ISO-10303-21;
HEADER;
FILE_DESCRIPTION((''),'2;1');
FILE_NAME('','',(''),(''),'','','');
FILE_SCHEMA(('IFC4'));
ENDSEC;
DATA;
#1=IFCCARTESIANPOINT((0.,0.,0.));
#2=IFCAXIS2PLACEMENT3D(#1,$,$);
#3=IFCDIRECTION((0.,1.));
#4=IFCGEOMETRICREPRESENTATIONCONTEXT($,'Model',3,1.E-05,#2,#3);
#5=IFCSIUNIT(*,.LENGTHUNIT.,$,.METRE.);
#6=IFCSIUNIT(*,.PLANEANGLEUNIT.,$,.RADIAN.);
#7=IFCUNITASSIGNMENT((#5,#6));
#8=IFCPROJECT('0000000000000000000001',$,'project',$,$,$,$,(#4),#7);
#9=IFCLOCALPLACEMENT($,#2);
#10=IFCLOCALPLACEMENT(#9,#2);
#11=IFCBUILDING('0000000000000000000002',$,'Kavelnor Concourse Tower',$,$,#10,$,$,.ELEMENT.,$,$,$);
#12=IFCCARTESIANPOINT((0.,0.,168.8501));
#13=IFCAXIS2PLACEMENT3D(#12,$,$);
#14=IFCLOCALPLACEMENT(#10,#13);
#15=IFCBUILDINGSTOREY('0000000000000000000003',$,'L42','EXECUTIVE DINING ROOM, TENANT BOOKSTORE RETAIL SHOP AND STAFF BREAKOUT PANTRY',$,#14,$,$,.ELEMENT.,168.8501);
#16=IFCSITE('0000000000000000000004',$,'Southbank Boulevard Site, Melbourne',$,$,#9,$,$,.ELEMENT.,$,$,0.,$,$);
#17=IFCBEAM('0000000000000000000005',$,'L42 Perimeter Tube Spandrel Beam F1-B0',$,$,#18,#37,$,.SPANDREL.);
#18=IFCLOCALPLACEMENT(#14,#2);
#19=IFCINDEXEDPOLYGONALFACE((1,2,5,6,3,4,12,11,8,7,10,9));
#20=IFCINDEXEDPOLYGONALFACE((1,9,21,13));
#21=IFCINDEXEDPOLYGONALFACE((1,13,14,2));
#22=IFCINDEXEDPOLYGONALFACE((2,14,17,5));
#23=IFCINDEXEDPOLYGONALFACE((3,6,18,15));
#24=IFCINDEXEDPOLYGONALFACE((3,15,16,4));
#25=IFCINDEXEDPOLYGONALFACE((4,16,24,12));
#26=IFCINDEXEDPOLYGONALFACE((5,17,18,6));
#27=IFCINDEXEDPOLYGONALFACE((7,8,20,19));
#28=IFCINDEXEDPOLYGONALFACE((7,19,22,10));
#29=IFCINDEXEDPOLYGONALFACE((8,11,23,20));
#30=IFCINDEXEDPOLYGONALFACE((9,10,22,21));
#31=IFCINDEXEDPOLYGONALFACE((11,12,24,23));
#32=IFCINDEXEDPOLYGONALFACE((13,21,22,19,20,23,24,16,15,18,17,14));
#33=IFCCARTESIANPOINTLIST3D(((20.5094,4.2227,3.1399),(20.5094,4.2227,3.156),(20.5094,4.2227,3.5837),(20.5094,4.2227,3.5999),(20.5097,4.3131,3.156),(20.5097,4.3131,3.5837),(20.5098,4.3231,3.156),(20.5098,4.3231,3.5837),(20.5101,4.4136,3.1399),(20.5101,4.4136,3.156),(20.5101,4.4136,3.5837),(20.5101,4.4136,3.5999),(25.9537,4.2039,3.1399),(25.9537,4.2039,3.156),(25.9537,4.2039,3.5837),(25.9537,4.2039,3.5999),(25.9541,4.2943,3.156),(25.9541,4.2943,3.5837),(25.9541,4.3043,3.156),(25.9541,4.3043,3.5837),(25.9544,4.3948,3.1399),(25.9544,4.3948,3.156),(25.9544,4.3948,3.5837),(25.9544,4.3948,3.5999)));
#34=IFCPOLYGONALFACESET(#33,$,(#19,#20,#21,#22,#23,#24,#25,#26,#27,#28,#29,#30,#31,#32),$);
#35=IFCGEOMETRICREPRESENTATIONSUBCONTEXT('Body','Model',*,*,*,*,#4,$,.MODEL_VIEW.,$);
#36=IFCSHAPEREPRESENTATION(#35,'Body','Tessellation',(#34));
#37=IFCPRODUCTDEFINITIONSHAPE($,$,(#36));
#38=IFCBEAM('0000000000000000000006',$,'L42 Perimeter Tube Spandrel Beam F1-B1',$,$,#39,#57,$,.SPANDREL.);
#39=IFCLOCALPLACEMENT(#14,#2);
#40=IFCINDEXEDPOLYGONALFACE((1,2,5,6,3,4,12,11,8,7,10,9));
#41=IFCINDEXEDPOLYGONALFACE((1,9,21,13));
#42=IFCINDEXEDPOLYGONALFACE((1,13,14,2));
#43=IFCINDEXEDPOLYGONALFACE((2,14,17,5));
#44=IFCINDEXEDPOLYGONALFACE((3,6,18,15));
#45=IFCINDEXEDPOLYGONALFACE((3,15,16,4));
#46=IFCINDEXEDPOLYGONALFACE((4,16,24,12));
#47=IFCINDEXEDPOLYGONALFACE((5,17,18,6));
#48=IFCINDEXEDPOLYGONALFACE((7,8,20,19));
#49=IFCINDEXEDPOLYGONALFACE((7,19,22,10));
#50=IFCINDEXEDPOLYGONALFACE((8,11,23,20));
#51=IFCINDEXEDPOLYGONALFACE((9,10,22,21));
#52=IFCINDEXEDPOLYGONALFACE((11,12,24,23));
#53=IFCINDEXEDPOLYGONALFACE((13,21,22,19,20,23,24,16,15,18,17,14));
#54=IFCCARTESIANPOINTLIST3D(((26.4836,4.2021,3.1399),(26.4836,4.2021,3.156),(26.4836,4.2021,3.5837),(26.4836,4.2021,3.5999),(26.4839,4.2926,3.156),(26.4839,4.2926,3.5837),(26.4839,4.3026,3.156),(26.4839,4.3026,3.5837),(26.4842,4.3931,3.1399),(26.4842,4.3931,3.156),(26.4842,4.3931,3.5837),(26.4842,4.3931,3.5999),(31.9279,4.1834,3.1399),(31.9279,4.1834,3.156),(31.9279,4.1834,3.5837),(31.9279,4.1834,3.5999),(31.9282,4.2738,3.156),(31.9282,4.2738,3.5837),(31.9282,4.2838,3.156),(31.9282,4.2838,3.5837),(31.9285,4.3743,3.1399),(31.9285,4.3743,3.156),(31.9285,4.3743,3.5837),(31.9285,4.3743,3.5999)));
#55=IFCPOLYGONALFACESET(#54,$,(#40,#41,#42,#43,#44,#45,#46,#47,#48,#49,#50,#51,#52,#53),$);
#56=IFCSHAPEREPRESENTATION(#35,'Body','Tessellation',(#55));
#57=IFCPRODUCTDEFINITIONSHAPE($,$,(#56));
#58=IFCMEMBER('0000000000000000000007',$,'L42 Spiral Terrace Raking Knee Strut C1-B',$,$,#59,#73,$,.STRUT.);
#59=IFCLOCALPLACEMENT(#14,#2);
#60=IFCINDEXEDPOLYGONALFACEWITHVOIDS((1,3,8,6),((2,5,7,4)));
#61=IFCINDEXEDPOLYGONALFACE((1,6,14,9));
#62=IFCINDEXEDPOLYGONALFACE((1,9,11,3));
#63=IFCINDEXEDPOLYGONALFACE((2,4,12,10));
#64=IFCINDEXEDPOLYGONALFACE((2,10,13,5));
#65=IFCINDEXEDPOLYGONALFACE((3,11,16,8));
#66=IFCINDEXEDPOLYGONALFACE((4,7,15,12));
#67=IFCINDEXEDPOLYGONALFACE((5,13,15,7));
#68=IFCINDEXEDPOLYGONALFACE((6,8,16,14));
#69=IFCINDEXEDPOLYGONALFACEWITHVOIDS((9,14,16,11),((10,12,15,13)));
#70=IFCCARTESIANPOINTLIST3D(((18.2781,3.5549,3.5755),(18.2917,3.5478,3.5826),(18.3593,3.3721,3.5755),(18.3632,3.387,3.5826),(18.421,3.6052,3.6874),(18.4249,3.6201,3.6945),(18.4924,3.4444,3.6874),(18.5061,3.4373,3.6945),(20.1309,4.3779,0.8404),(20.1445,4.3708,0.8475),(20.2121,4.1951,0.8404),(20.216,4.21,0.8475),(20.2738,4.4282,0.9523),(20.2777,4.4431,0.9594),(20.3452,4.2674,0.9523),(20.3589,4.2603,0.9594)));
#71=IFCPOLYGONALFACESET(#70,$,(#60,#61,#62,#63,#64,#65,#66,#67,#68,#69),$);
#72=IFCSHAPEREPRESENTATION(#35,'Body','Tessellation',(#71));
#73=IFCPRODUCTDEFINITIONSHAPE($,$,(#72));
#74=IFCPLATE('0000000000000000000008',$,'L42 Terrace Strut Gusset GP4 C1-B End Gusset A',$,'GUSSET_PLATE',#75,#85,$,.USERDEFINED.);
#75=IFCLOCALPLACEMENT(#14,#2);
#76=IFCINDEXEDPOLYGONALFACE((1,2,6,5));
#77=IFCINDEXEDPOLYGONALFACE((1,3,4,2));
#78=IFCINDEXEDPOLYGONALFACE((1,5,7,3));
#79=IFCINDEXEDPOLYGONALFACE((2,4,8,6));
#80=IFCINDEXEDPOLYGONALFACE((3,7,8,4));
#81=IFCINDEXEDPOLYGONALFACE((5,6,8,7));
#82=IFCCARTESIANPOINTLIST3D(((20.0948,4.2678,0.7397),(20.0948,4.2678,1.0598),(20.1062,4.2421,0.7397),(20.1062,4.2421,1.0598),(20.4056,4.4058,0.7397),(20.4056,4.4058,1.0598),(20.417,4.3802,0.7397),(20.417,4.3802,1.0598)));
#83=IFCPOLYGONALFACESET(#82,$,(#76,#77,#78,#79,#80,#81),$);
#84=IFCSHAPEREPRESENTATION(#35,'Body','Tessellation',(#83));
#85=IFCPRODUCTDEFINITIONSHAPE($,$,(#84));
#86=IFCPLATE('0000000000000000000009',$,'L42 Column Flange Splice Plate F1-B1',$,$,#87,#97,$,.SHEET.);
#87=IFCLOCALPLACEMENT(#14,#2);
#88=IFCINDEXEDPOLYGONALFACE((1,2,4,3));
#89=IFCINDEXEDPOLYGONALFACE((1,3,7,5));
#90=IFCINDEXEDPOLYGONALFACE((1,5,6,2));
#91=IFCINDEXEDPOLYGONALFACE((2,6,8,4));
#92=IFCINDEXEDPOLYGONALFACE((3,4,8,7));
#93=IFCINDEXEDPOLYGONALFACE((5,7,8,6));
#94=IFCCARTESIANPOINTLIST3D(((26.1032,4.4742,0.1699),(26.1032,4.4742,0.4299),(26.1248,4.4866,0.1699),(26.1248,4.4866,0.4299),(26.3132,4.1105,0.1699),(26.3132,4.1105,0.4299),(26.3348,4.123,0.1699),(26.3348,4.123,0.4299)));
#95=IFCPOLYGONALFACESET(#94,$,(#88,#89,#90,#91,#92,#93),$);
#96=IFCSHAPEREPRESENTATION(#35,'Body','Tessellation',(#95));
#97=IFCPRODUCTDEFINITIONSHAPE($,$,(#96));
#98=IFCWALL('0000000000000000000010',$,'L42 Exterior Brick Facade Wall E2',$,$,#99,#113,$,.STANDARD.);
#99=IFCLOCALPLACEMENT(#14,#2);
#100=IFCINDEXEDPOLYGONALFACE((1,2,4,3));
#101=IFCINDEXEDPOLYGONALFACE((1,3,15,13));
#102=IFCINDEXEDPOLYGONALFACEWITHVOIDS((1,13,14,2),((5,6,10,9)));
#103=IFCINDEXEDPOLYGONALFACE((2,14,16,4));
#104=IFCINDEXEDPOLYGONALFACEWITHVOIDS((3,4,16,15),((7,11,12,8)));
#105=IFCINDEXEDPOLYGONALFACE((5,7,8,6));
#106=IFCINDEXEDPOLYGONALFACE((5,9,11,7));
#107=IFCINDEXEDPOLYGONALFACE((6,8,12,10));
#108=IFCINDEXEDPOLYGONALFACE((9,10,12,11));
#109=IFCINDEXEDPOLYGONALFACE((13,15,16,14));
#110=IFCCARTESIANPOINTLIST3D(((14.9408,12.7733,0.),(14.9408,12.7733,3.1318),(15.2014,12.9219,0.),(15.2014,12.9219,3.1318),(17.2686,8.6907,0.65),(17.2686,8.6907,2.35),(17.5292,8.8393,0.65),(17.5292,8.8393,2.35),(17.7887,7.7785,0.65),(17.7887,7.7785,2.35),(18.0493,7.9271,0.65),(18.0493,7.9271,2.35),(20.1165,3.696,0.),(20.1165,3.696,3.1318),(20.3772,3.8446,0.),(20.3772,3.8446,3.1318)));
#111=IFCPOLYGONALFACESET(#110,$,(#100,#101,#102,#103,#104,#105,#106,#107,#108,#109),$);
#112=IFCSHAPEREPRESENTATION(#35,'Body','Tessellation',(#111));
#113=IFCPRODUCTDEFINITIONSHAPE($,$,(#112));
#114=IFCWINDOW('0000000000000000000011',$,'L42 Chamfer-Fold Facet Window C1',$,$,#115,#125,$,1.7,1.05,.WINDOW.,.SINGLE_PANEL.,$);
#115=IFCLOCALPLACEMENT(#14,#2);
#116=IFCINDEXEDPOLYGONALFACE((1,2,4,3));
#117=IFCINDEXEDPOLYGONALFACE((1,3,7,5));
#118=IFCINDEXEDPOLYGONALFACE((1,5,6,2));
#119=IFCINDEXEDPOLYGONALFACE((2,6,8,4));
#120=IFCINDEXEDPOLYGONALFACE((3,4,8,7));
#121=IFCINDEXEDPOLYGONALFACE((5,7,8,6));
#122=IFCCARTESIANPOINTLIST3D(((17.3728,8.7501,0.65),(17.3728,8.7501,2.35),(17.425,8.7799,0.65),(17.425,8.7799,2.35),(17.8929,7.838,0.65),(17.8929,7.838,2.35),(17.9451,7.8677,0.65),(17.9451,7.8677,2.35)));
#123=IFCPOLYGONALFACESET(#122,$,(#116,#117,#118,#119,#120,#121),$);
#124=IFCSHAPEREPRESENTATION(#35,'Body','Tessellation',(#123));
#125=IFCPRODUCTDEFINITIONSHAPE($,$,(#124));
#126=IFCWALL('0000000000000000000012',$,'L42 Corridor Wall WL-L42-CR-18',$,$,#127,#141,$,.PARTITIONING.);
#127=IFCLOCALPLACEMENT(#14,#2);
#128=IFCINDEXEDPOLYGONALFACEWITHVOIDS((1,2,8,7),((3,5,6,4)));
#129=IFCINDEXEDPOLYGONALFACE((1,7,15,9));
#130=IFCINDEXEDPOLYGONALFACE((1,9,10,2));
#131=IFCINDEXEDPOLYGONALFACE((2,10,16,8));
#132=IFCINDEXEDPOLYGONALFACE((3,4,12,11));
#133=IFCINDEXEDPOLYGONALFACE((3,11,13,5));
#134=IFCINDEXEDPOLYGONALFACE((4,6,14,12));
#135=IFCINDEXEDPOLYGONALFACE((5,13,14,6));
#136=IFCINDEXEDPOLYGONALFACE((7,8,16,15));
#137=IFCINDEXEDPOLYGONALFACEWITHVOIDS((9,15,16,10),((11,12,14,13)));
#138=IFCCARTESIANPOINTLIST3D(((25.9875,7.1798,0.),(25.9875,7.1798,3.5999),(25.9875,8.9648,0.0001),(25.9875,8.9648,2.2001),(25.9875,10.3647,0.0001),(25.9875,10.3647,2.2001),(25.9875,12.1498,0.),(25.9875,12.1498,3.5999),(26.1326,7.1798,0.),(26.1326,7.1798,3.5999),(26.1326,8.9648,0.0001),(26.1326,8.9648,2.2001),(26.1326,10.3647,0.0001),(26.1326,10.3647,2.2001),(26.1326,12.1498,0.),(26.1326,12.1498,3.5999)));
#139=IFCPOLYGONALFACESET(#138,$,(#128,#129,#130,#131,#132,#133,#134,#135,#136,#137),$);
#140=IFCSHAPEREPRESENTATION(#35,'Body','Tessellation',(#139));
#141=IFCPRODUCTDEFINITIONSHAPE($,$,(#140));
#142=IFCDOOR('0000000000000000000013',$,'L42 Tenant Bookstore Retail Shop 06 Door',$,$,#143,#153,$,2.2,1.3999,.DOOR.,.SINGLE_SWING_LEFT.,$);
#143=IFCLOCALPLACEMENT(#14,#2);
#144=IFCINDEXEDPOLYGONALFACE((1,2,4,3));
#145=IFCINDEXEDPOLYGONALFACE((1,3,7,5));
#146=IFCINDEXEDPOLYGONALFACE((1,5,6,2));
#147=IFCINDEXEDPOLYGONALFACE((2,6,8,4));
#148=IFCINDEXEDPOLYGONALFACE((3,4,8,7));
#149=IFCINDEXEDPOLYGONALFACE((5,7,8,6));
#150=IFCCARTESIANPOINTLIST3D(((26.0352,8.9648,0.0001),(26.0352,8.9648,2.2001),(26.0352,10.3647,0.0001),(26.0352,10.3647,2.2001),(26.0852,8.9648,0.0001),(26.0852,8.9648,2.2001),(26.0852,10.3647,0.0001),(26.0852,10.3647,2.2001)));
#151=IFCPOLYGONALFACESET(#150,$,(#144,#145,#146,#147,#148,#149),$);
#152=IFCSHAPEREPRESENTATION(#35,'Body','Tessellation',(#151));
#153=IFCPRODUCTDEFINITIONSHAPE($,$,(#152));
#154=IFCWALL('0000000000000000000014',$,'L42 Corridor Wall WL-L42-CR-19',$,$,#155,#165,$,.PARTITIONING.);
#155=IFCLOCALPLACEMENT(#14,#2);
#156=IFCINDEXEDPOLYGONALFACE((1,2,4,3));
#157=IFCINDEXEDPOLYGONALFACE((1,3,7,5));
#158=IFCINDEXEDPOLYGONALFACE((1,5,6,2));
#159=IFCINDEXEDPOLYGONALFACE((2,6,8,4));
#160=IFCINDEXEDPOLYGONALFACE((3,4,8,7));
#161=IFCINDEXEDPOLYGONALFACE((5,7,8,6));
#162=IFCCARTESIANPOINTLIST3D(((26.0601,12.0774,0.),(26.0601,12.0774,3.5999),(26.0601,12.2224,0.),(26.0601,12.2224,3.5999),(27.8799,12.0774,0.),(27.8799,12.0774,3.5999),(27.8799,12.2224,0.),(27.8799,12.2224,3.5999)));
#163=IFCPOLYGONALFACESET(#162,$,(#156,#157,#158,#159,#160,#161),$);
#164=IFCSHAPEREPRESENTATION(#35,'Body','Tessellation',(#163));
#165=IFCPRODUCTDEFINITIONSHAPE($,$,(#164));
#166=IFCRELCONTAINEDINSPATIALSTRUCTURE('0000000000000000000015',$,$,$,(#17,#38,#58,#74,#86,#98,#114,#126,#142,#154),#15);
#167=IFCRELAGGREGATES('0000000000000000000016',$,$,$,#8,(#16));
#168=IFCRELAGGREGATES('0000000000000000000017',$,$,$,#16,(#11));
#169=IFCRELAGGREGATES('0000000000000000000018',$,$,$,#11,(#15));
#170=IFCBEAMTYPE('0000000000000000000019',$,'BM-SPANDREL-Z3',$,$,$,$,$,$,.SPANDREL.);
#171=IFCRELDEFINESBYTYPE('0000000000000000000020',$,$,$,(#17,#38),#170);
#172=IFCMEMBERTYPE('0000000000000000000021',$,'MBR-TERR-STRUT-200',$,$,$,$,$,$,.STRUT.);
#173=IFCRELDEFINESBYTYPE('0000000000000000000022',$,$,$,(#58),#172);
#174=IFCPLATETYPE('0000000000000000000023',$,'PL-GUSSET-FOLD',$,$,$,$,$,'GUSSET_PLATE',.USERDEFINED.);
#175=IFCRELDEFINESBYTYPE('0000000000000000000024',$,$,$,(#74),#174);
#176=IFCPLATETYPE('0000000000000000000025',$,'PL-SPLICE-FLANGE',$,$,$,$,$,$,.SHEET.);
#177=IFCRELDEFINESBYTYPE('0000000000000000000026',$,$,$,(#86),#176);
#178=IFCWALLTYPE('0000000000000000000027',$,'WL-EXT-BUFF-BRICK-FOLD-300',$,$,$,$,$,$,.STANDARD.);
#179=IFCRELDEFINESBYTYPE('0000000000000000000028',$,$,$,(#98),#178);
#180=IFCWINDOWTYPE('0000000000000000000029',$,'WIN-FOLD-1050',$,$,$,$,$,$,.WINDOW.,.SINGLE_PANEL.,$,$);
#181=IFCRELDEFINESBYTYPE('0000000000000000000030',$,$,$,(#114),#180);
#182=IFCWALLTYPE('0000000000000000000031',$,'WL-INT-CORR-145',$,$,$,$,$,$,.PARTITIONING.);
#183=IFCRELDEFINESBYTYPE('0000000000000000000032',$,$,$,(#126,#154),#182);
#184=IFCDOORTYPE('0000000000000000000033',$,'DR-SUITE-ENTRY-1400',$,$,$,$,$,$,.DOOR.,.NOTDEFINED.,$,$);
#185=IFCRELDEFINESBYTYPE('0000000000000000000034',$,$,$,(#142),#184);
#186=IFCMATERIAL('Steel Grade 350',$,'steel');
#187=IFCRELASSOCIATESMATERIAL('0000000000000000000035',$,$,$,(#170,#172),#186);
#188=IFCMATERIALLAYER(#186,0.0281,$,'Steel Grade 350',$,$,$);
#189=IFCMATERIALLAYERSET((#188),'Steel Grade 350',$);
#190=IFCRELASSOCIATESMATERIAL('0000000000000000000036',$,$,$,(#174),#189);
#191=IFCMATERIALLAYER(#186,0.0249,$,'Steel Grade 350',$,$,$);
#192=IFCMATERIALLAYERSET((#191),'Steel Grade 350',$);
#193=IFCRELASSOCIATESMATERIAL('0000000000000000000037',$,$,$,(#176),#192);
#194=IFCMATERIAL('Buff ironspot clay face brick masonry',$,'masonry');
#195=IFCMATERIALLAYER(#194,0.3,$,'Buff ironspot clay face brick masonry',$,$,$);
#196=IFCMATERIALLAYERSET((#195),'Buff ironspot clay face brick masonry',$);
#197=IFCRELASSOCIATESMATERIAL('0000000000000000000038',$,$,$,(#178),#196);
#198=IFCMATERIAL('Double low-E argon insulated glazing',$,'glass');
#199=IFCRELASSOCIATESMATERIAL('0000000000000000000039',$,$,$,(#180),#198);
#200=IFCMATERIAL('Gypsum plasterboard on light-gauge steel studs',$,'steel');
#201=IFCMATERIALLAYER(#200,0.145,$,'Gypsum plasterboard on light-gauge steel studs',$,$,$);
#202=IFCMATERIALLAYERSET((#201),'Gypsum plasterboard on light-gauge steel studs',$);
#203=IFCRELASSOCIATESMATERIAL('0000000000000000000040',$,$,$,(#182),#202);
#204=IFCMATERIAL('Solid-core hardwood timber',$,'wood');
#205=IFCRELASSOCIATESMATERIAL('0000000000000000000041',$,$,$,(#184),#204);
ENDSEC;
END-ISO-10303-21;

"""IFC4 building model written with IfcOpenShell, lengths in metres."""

from ifc_helpers import new_model, si_unit, direction, frame, frame_2d, origin, origin_2d, place, context, subcontext, project, spatial, rectangle, hollow_rectangle, i_section, extrude, material, layer, layer_set, material_profile, profile_set, type_object, element, fill, save


model = new_model("IFC4")

# Units and contexts
model_context = context("Model", 3, precision=1e-05, world=origin(), true_north=direction((0.0, 1.0)))
body_context = subcontext(model_context, "Body", "Model", "MODEL_VIEW")
ifc_project = project(units=[si_unit("LENGTHUNIT", "METRE"), si_unit("PLANEANGLEUNIT", "RADIAN")], contexts=[model_context])

# Site, building, storey
site_placement = place(None, origin())
site = spatial("IfcSite", under=ifc_project, at=site_placement, Name="Southbank Boulevard Site, Melbourne", CompositionType="ELEMENT", RefElevation=0.0)
building_placement = place(site_placement, origin())
building = spatial("IfcBuilding", under=site, at=building_placement, Name="Kavelnor Concourse Tower", CompositionType="ELEMENT")
storey_placement = place(building_placement, frame((0.0, 0.0, 168.8501)))
storey = spatial("IfcBuildingStorey", under=building, at=storey_placement, Name="L42", Description="EXECUTIVE DINING ROOM, TENANT BOOKSTORE RETAIL SHOP AND STAFF BREAKOUT PANTRY", CompositionType="ELEMENT", Elevation=168.8501)

# Shared definitions
ifc_material_1 = material(Name="Steel Grade 350", Category="steel")

# Beams
ifc_material_profile_1 = material_profile(ifc_material_1, i_section(OverallWidth=0.1909, OverallDepth=0.46, WebThickness=0.01, FlangeThickness=0.0161, at=origin_2d()), Name="460UB82")
ifc_profile_set_1 = profile_set([ifc_material_profile_1], Name="Steel Grade 350")
beam_type_1 = type_object("IfcBeamType", Name="BM-SPANDREL-Z3", PredefinedType="SPANDREL", material=ifc_profile_set_1)
for number, where, z_axis, x_axis, name in (
    (1, (20.5098, 4.3181, 3.3699), (0.999994, -0.003453, 0.0), (0.003453, 0.999994, 0.0), "L42 Perimeter Tube Spandrel Beam F1-B0"),
    (2, (26.4839, 4.2976, 3.3699), (0.999994, -0.003453, 0.0), (0.003453, 0.999994, 0.0), "L42 Perimeter Tube Spandrel Beam F1-B1"),
):
    element("IfcBeam", number, at=place(storey_placement, frame(where, z_axis=z_axis, x_axis=x_axis)), inside=storey, type_object=beam_type_1, Name=name, PredefinedType="SPANDREL", context=body_context, shape_type="SweptSolid", body=[
        extrude(i_section(OverallWidth=0.1909, OverallDepth=0.46, WebThickness=0.01, FlangeThickness=0.0161, at=origin_2d()), origin(), (0.0, 0.0, 1.0), 5.4443),
    ])

# Member
ifc_material_profile_2 = material_profile(ifc_material_1, hollow_rectangle(XDim=0.2, YDim=0.2, WallThickness=0.012, at=origin_2d()), Name="SHS 200x200x12")
ifc_profile_set_2 = profile_set([ifc_material_profile_2], Name="Steel Grade 350")
member_type = type_object("IfcMemberType", Name="MBR-TERR-STRUT-200", PredefinedType="STRUT", material=ifc_profile_set_2)
member_placement = place(storey_placement, frame((20.2449, 4.3191, 0.8999), z_axis=(-0.544208, -0.241735, 0.803369), x_axis=(0.405949, -0.913896, 0.0)))
element("IfcMember", 3, at=member_placement, inside=storey, type_object=member_type, Name="L42 Spiral Terrace Raking Knee Strut C1-B", PredefinedType="STRUT", context=body_context, shape_type="SweptSolid", body=[
    extrude(hollow_rectangle(XDim=0.2, YDim=0.2, WallThickness=0.012, at=origin_2d()), origin(), (0.0, 0.0, 1.0), 3.4045),
])

# Plates
ifc_layer_1 = layer(ifc_material_1, 0.0281, Name="Steel Grade 350")
ifc_layer_set_1 = layer_set([ifc_layer_1], Name="Steel Grade 350")
plate_type_1 = type_object("IfcPlateType", Name="PL-GUSSET-FOLD", ElementType="GUSSET_PLATE", PredefinedType="USERDEFINED", material=ifc_layer_set_1)
plate_1_placement = place(storey_placement, frame((20.2559, 4.324, 0.7397), z_axis=(0.0, 0.0, 1.0), x_axis=(-0.9139, -0.405939, 0.0)))
element("IfcPlate", 4, at=plate_1_placement, inside=storey, type_object=plate_type_1, Name="L42 Terrace Strut Gusset GP4 C1-B End Gusset A", ObjectType="GUSSET_PLATE", PredefinedType="USERDEFINED", context=body_context, shape_type="SweptSolid", body=[
    extrude(rectangle(XDim=0.3401, YDim=0.0281, at=origin_2d()), origin(), (0.0, 0.0, 1.0), 0.3201),
])
ifc_layer_2 = layer(ifc_material_1, 0.0249, Name="Steel Grade 350")
ifc_layer_set_2 = layer_set([ifc_layer_2], Name="Steel Grade 350")
plate_type_2 = type_object("IfcPlateType", Name="PL-SPLICE-FLANGE", PredefinedType="SHEET", material=ifc_layer_set_2)
plate_2_placement = place(storey_placement, frame((26.219, 4.2986, 0.1699), z_axis=(0.0, 0.0, 1.0), x_axis=(-0.5, 0.866025, 0.0)))
element("IfcPlate", 5, at=plate_2_placement, inside=storey, type_object=plate_type_2, Name="L42 Column Flange Splice Plate F1-B1", PredefinedType="SHEET", context=body_context, shape_type="SweptSolid", body=[
    extrude(rectangle(XDim=0.4199, YDim=0.0249, at=origin_2d()), origin(), (0.0, 0.0, 1.0), 0.26),
])

# Wall, opening, window
ifc_material_2 = material(Name="Buff ironspot clay face brick masonry", Category="masonry")
ifc_layer_3 = layer(ifc_material_2, 0.3, Name="Buff ironspot clay face brick masonry")
ifc_layer_set_3 = layer_set([ifc_layer_3], Name="Buff ironspot clay face brick masonry")
wall_type_1 = type_object("IfcWallType", Name="WL-EXT-BUFF-BRICK-FOLD-300", PredefinedType="STANDARD", material=ifc_layer_set_3)
wall_1_placement = place(storey_placement, frame((20.2468, 3.7703, 0.0), z_axis=(0.0, 0.0, 1.0), x_axis=(-0.495323, 0.868709, 0.0)))
wall_1 = element("IfcWall", 6, at=wall_1_placement, inside=storey, type_object=wall_type_1, Name="L42 Exterior Brick Facade Wall E2", PredefinedType="STANDARD", context=body_context, shape_type="SweptSolid", body=[
    extrude(rectangle(XDim=10.4492, YDim=0.3, at=frame_2d((5.2246, 0.0))), origin(), (0.0, 0.0, 1.0), 3.1318),
])
opening_1_placement = place(wall_1_placement, frame((4.6997, 0.0, 0.6499)))
opening_1 = element("IfcOpeningElement", 7, at=opening_1_placement, cuts=wall_1, PredefinedType="OPENING", context=body_context, shape_type="SweptSolid", body=[
    extrude(rectangle(XDim=1.05, YDim=1.7, at=frame_2d((0.5249, 0.8501))), frame((0.0, 0.1602, 0.0), z_axis=(0.0, -1.0, 0.0), x_axis=(1.0, 0.0, 0.0)), (0.0, 0.0, 1.0), 0.3201),
])
ifc_material_3 = material(Name="Double low-E argon insulated glazing", Category="glass")
window_type = type_object("IfcWindowType", Name="WIN-FOLD-1050", PartitioningType="SINGLE_PANEL", PredefinedType="WINDOW", material=ifc_material_3)
window_placement = place(opening_1_placement, origin())
window = element("IfcWindow", 8, at=window_placement, inside=storey, type_object=window_type, Name="L42 Chamfer-Fold Facet Window C1", OverallHeight=1.7, OverallWidth=1.05, PartitioningType="SINGLE_PANEL", PredefinedType="WINDOW", context=body_context, shape_type="SweptSolid", body=[
    extrude(rectangle(XDim=1.05, YDim=1.7, at=frame_2d((0.5249, 0.8501))), frame((0.0, 0.03, 0.0), z_axis=(0.0, -1.0, 0.0), x_axis=(1.0, 0.0, 0.0)), (0.0, 0.0, 1.0), 0.0601),
])
fill(opening_1, window)

# Wall, opening, door
ifc_material_4 = material(Name="Gypsum plasterboard on light-gauge steel studs", Category="steel")
ifc_layer_4 = layer(ifc_material_4, 0.145, Name="Gypsum plasterboard on light-gauge steel studs")
ifc_layer_set_4 = layer_set([ifc_layer_4], Name="Gypsum plasterboard on light-gauge steel studs")
wall_type_2 = type_object("IfcWallType", Name="WL-INT-CORR-145", PredefinedType="PARTITIONING", material=ifc_layer_set_4)
wall_2_placement = place(storey_placement, frame((26.0601, 7.1799, 0.0), z_axis=(0.0, 0.0, 1.0), x_axis=(0.0, 1.0, 0.0)))
wall_2 = element("IfcWall", 9, at=wall_2_placement, inside=storey, type_object=wall_type_2, Name="L42 Corridor Wall WL-L42-CR-18", PredefinedType="PARTITIONING", context=body_context, shape_type="SweptSolid", body=[
    extrude(rectangle(XDim=4.97, YDim=0.145, at=frame_2d((2.4849, 0.0))), origin(), (0.0, 0.0, 1.0), 3.5999),
])
opening_2_placement = place(wall_2_placement, frame((1.7849, 0.0, 0.0)))
opening_2 = element("IfcOpeningElement", 10, at=opening_2_placement, cuts=wall_2, PredefinedType="OPENING", context=body_context, shape_type="SweptSolid", body=[
    extrude(rectangle(XDim=1.3999, YDim=2.2, at=frame_2d((0.7, 1.1001))), frame((0.0, 0.0825, 0.0), z_axis=(0.0, -1.0, 0.0), x_axis=(1.0, 0.0, 0.0)), (0.0, 0.0, 1.0), 0.165),
])
ifc_material_5 = material(Name="Solid-core hardwood timber", Category="wood")
door_type = type_object("IfcDoorType", Name="DR-SUITE-ENTRY-1400", OperationType="NOTDEFINED", PredefinedType="DOOR", material=ifc_material_5)
door_placement = place(opening_2_placement, origin())
door = element("IfcDoor", 11, at=door_placement, inside=storey, type_object=door_type, Name="L42 Tenant Bookstore Retail Shop 06 Door", OperationType="SINGLE_SWING_LEFT", OverallHeight=2.2, OverallWidth=1.3999, PredefinedType="DOOR", context=body_context, shape_type="SweptSolid", body=[
    extrude(rectangle(XDim=1.3999, YDim=2.2, at=frame_2d((0.7, 1.1001))), frame((0.0, 0.0249, 0.0), z_axis=(0.0, -1.0, 0.0), x_axis=(1.0, 0.0, 0.0)), (0.0, 0.0, 1.0), 0.05),
])
fill(opening_2, door)

# Wall
wall_3_placement = place(storey_placement, frame((26.0601, 12.1499, 0.0), z_axis=(0.0, 0.0, 1.0), x_axis=(1.0, 0.0, 0.0)))
element("IfcWall", 12, at=wall_3_placement, inside=storey, type_object=wall_type_2, Name="L42 Corridor Wall WL-L42-CR-19", PredefinedType="PARTITIONING", context=body_context, shape_type="SweptSolid", body=[
    extrude(rectangle(XDim=1.8198, YDim=0.145, at=frame_2d((0.9099, 0.0))), origin(), (0.0, 0.0, 1.0), 3.5999),
])

save(model, "model.ifc")
